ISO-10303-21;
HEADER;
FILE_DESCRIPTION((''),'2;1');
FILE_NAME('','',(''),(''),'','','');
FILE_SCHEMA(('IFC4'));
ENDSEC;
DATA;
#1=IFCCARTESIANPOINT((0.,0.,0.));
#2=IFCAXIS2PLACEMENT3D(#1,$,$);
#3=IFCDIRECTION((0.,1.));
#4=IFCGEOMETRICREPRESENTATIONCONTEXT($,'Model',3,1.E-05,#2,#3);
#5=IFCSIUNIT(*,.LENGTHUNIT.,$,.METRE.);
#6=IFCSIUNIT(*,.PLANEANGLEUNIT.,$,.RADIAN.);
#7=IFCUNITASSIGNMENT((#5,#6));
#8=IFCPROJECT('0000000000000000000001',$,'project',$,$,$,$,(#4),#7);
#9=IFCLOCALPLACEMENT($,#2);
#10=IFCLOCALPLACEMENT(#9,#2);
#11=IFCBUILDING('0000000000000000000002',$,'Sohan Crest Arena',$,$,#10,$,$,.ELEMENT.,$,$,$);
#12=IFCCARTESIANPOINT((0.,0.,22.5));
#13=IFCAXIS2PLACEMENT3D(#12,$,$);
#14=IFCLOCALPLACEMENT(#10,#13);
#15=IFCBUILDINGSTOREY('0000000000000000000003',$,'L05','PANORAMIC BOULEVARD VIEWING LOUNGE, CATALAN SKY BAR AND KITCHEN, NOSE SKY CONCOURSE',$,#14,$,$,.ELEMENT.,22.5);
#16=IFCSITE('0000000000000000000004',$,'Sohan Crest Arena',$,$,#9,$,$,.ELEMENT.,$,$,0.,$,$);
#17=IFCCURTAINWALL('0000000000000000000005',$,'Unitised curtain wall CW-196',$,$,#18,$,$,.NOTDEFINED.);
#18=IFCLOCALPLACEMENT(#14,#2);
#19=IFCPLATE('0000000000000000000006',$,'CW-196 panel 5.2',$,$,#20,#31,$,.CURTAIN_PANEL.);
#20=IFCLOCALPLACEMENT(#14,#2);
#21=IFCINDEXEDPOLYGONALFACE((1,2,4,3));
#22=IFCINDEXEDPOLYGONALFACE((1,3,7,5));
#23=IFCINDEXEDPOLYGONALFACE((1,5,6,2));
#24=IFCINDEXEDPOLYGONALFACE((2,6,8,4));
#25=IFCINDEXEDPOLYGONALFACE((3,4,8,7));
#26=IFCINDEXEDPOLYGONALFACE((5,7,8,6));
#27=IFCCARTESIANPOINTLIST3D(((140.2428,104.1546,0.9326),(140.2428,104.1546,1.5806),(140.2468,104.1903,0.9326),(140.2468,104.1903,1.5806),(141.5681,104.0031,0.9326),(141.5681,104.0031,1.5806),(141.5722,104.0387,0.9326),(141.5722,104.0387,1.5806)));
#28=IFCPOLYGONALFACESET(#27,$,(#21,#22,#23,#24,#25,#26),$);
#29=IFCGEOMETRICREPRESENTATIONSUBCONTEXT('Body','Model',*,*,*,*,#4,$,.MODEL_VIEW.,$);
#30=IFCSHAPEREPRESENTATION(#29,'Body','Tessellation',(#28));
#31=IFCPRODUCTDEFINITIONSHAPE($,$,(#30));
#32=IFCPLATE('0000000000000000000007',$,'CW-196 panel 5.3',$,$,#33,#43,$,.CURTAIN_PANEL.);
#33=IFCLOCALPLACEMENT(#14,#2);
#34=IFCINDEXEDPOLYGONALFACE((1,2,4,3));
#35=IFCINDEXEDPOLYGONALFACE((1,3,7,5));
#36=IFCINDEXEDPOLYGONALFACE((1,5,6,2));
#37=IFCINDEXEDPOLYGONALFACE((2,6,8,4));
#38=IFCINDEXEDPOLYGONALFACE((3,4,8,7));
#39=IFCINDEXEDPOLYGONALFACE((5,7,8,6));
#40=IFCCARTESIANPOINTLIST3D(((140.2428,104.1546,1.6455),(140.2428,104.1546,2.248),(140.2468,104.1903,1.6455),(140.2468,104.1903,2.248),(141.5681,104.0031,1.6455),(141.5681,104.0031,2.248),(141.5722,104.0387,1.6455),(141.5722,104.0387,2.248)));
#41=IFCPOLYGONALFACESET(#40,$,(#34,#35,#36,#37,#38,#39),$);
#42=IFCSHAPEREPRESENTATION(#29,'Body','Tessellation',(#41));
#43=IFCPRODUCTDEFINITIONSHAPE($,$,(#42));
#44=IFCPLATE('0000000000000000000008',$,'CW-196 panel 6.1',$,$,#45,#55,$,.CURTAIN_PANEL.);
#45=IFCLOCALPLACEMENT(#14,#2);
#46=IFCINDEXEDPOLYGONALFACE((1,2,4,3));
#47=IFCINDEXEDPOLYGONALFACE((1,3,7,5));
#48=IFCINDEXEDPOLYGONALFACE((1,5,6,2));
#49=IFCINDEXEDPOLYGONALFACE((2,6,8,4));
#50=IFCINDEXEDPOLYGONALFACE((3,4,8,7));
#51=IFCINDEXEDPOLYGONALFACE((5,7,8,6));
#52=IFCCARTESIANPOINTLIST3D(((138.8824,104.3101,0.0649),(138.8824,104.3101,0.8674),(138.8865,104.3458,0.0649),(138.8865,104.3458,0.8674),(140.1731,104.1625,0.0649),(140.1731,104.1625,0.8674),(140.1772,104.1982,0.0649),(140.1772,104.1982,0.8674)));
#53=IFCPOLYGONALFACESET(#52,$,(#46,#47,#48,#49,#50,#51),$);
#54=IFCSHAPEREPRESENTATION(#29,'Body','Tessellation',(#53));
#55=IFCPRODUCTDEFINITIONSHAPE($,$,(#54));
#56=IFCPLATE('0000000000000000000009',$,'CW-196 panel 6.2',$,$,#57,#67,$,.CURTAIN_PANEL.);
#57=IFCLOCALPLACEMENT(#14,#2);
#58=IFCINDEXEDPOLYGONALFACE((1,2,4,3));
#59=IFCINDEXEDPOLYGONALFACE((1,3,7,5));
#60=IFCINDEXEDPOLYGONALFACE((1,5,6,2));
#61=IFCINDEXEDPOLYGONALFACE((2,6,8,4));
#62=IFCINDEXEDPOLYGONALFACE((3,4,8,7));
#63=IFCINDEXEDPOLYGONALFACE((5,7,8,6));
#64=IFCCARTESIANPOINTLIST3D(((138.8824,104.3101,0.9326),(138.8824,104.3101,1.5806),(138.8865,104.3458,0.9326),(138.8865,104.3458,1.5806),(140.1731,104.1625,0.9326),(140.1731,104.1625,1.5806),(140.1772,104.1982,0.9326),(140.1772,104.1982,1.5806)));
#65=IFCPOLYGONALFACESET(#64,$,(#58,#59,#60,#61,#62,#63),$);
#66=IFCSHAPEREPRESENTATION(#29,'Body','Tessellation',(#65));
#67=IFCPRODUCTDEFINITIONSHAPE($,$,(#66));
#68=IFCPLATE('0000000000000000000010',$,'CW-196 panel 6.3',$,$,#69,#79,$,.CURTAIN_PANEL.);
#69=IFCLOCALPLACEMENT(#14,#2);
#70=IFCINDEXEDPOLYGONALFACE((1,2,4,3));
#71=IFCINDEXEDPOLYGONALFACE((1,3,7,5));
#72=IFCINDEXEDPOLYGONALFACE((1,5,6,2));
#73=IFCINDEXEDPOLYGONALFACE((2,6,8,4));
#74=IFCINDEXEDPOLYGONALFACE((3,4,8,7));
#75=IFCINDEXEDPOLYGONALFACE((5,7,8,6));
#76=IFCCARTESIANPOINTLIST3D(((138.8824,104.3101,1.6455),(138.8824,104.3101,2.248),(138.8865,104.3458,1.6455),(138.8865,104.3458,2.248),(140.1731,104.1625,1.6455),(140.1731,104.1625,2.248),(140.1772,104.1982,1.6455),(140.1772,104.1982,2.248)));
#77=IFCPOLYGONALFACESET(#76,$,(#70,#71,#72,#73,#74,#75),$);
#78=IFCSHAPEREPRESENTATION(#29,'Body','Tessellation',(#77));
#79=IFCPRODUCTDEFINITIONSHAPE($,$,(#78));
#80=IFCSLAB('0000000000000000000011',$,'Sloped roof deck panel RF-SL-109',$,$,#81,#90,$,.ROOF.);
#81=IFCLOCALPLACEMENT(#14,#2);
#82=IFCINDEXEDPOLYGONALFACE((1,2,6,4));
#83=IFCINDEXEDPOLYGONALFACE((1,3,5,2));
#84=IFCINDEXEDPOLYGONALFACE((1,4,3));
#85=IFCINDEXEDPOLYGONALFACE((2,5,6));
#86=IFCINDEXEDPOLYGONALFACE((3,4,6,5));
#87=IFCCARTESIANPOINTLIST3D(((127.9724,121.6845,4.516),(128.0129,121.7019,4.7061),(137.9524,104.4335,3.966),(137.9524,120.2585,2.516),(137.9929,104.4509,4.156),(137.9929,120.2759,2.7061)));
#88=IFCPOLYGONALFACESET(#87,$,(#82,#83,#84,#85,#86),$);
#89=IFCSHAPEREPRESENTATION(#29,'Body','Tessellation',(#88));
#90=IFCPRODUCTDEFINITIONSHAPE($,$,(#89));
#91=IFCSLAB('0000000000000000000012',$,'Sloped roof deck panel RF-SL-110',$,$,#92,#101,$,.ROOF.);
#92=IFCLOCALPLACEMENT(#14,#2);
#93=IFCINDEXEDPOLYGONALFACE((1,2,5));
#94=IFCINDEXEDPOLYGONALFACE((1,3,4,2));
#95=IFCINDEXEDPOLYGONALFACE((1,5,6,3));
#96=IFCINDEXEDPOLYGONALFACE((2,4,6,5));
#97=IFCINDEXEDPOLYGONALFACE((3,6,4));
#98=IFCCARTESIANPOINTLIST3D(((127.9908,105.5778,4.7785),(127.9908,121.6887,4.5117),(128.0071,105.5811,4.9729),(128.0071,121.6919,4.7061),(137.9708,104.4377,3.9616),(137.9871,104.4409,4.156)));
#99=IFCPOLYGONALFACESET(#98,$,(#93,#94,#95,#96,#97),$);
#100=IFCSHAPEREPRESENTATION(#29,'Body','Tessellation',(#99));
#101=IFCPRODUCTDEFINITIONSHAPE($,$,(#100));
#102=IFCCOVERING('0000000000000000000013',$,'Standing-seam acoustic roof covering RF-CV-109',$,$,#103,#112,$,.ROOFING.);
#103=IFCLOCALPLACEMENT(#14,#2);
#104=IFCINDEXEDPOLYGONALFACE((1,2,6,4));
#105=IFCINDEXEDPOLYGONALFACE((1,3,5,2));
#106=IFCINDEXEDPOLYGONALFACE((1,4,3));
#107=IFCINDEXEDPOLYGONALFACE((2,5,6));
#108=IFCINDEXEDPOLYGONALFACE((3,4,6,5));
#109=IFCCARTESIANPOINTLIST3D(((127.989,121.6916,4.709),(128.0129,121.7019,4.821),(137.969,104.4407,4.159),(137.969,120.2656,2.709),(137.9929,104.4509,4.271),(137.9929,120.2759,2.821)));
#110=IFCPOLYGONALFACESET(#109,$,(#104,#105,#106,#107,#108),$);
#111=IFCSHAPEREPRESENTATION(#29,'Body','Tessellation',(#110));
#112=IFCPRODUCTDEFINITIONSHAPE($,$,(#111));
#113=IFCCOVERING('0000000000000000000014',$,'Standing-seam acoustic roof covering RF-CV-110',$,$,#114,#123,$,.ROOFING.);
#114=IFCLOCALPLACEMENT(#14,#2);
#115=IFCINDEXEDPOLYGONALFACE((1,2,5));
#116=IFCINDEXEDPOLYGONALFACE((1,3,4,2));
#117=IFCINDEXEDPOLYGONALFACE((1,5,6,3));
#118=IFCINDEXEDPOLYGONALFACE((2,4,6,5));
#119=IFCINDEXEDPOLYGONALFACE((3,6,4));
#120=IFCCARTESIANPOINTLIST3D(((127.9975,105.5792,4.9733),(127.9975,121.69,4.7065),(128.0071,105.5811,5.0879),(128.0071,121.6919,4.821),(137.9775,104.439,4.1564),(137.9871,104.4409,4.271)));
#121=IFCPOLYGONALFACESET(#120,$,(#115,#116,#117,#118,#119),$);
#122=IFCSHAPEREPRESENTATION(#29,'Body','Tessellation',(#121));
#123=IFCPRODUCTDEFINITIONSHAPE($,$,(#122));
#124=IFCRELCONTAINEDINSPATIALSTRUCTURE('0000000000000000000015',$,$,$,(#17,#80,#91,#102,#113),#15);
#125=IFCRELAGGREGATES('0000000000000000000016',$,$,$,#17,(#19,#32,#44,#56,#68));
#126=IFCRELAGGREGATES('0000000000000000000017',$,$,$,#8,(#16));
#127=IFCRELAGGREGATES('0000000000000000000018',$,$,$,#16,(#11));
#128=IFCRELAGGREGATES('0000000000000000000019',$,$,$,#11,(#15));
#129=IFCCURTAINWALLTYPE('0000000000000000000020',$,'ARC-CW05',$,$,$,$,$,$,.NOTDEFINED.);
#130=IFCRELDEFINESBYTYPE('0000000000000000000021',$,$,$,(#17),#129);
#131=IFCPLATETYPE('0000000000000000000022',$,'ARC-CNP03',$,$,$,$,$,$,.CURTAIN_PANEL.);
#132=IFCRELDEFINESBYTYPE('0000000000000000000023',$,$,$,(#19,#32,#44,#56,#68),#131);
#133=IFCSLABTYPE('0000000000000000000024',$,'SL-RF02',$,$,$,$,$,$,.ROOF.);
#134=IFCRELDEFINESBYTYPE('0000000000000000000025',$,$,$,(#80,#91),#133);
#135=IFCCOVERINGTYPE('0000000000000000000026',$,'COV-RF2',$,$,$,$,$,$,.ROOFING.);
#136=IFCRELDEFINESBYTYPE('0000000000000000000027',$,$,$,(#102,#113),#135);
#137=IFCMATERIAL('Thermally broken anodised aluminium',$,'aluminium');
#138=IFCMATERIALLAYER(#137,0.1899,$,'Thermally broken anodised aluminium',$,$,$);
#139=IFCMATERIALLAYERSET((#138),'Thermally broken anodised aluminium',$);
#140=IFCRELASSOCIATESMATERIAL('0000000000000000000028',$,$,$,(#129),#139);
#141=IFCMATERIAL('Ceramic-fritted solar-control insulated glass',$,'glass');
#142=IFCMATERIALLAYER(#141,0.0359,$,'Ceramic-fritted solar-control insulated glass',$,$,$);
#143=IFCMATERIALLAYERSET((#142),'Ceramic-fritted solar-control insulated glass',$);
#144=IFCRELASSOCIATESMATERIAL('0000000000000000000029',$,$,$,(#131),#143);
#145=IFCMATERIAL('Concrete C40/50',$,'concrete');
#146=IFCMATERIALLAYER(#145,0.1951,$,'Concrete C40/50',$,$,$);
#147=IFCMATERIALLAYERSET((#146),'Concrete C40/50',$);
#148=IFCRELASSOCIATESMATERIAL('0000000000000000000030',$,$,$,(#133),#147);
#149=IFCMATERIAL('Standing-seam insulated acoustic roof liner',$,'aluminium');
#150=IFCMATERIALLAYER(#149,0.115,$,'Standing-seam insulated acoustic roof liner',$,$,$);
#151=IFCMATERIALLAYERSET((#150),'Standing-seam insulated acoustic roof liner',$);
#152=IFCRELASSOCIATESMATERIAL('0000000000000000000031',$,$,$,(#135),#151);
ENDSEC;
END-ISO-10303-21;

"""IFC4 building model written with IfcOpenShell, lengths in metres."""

from ifc_helpers import new_model, si_unit, direction, frame, origin, origin_2d, place, context, subcontext, project, spatial, polyline, rectangle, outline, extrude, material, layer, layer_set, type_object, element, aggregate, save


model = new_model("IFC4")

# Units and contexts
model_context = context("Model", 3, precision=1e-05, world=origin(), true_north=direction((0.0, 1.0)))
body_context = subcontext(model_context, "Body", "Model", "MODEL_VIEW")
ifc_project = project(units=[si_unit("LENGTHUNIT", "METRE"), si_unit("PLANEANGLEUNIT", "RADIAN")], contexts=[model_context])

# Site, building, storey
site_placement = place(None, origin())
site = spatial("IfcSite", under=ifc_project, at=site_placement, Name="Sohan Crest Arena", CompositionType="ELEMENT", RefElevation=0.0)
building_placement = place(site_placement, origin())
building = spatial("IfcBuilding", under=site, at=building_placement, Name="Sohan Crest Arena", CompositionType="ELEMENT")
storey_placement = place(building_placement, frame((0.0, 0.0, 22.5)))
storey = spatial("IfcBuildingStorey", under=building, at=storey_placement, Name="L05", Description="PANORAMIC BOULEVARD VIEWING LOUNGE, CATALAN SKY BAR AND KITCHEN, NOSE SKY CONCOURSE", CompositionType="ELEMENT", Elevation=22.5)

# Shared definitions
ifc_material_1 = material(Name="Concrete C40/50", Category="concrete")

# Curtain wall
ifc_material_2 = material(Name="Thermally broken anodised aluminium", Category="aluminium")
ifc_layer_1 = layer(ifc_material_2, 0.1899, Name="Thermally broken anodised aluminium")
ifc_layer_set_1 = layer_set([ifc_layer_1], Name="Thermally broken anodised aluminium")
curtain_wall_type = type_object("IfcCurtainWallType", Name="ARC-CW05", PredefinedType="NOTDEFINED", material=ifc_layer_set_1)
curtain_wall_placement = place(storey_placement, origin())
curtain_wall = element("IfcCurtainWall", 1, at=curtain_wall_placement, inside=storey, type_object=curtain_wall_type, Name="Unitised curtain wall CW-196", PredefinedType="NOTDEFINED")

# Plates
ifc_material_3 = material(Name="Ceramic-fritted solar-control insulated glass", Category="glass")
ifc_layer_2 = layer(ifc_material_3, 0.0359, Name="Ceramic-fritted solar-control insulated glass")
ifc_layer_set_2 = layer_set([ifc_layer_2], Name="Ceramic-fritted solar-control insulated glass")
plate_type = type_object("IfcPlateType", Name="ARC-CNP03", PredefinedType="CURTAIN_PANEL", material=ifc_layer_set_2)
plate_1_placement = place(storey_placement, frame((140.9075, 104.0967, 0.9326), z_axis=(0.0, 0.0, 1.0), x_axis=(-0.993527, 0.113597, 0.0)))
plate_1 = element("IfcPlate", 2, at=plate_1_placement, type_object=plate_type, Name="CW-196 panel 5.2", PredefinedType="CURTAIN_PANEL", context=body_context, shape_type="SweptSolid", body=[
    extrude(rectangle(XDim=1.334, YDim=0.0359, at=origin_2d()), origin(), (0.0, 0.0, 1.0), 0.6479),
])
plate_2_placement = place(storey_placement, frame((140.9075, 104.0967, 1.6455), z_axis=(0.0, 0.0, 1.0), x_axis=(-0.993527, 0.113597, 0.0)))
plate_2 = element("IfcPlate", 3, at=plate_2_placement, type_object=plate_type, Name="CW-196 panel 5.3", PredefinedType="CURTAIN_PANEL", context=body_context, shape_type="SweptSolid", body=[
    extrude(rectangle(XDim=1.334, YDim=0.0359, at=origin_2d()), origin(), (0.0, 0.0, 1.0), 0.6025),
])
plate_3_placement = place(storey_placement, frame((139.5298, 104.2542, 0.0649), z_axis=(0.0, 0.0, 1.0), x_axis=(-0.993527, 0.113597, 0.0)))
plate_3 = element("IfcPlate", 4, at=plate_3_placement, type_object=plate_type, Name="CW-196 panel 6.1", PredefinedType="CURTAIN_PANEL", context=body_context, shape_type="SweptSolid", body=[
    extrude(rectangle(XDim=1.2991, YDim=0.0359, at=origin_2d()), origin(), (0.0, 0.0, 1.0), 0.8025),
])
plate_4_placement = place(storey_placement, frame((139.5298, 104.2542, 0.9326), z_axis=(0.0, 0.0, 1.0), x_axis=(-0.993527, 0.113597, 0.0)))
plate_4 = element("IfcPlate", 5, at=plate_4_placement, type_object=plate_type, Name="CW-196 panel 6.2", PredefinedType="CURTAIN_PANEL", context=body_context, shape_type="SweptSolid", body=[
    extrude(rectangle(XDim=1.2991, YDim=0.0359, at=origin_2d()), origin(), (0.0, 0.0, 1.0), 0.6479),
])
plate_5_placement = place(storey_placement, frame((139.5298, 104.2542, 1.6455), z_axis=(0.0, 0.0, 1.0), x_axis=(-0.993527, 0.113597, 0.0)))
plate_5 = element("IfcPlate", 6, at=plate_5_placement, type_object=plate_type, Name="CW-196 panel 6.3", PredefinedType="CURTAIN_PANEL", context=body_context, shape_type="SweptSolid", body=[
    extrude(rectangle(XDim=1.2991, YDim=0.0359, at=origin_2d()), origin(), (0.0, 0.0, 1.0), 0.6025),
])
aggregate(curtain_wall, [plate_1, plate_2, plate_3, plate_4, plate_5])

# Slabs
ifc_layer_3 = layer(ifc_material_1, 0.1951, Name="Concrete C40/50")
ifc_layer_set_3 = layer_set([ifc_layer_3], Name="Concrete C40/50")
slab_type = type_object("IfcSlabType", Name="SL-RF02", PredefinedType="ROOF", material=ifc_layer_set_3)
slab_1_placement = place(storey_placement, frame((137.9929, 104.4509, 4.156), z_axis=(0.207955, 0.089247, 0.974058), x_axis=(0.0, 0.995829, -0.091242)))
element("IfcSlab", 7, at=slab_1_placement, inside=storey, type_object=slab_type, Name="Sloped roof deck panel RF-SL-109", PredefinedType="ROOF", context=body_context, shape_type="SweptSolid", body=[
    extrude(outline(polyline([(0.0, 0.0), (15.8912, 0.0), (17.1288, 10.203), (0.0, 0.0)])), origin(), (0.0, 0.0, -1.0), 0.1951),
])
slab_2_placement = place(storey_placement, frame((137.9871, 104.4409, 4.156), z_axis=(0.083442, 0.016503, 0.996376), x_axis=(-0.500567, 0.865258, 0.027589)))
element("IfcSlab", 8, at=slab_2_placement, inside=storey, type_object=slab_type, Name="Sloped roof deck panel RF-SL-110", PredefinedType="ROOF", context=body_context, shape_type="SweptSolid", body=[
    extrude(outline(polyline([(0.0, 0.0), (19.9374, 0.0), (6.0047, 8.0939), (0.0, 0.0)])), origin(), (0.0, 0.0, -1.0), 0.1951),
])

# Coverings
ifc_material_4 = material(Name="Standing-seam insulated acoustic roof liner", Category="aluminium")
ifc_layer_4 = layer(ifc_material_4, 0.115, Name="Standing-seam insulated acoustic roof liner")
ifc_layer_set_4 = layer_set([ifc_layer_4], Name="Standing-seam insulated acoustic roof liner")
covering_type = type_object("IfcCoveringType", Name="COV-RF2", PredefinedType="ROOFING", material=ifc_layer_set_4)
covering_1_placement = place(storey_placement, frame((137.9929, 104.4509, 4.271), z_axis=(0.207955, 0.089247, 0.974058), x_axis=(0.0, 0.995829, -0.091242)))
element("IfcCovering", 9, at=covering_1_placement, inside=storey, type_object=covering_type, Name="Standing-seam acoustic roof covering RF-CV-109", PredefinedType="ROOFING", context=body_context, shape_type="SweptSolid", body=[
    extrude(outline(polyline([(0.0, 0.0), (15.8912, 0.0), (17.1288, 10.203), (0.0, 0.0)])), origin(), (0.0, 0.0, -1.0), 0.115),
])
covering_2_placement = place(storey_placement, frame((137.9871, 104.4409, 4.271), z_axis=(0.083442, 0.016503, 0.996376), x_axis=(-0.500567, 0.865258, 0.027589)))
element("IfcCovering", 10, at=covering_2_placement, inside=storey, type_object=covering_type, Name="Standing-seam acoustic roof covering RF-CV-110", PredefinedType="ROOFING", context=body_context, shape_type="SweptSolid", body=[
    extrude(outline(polyline([(0.0, 0.0), (19.9374, 0.0), (6.0047, 8.0939), (0.0, 0.0)])), origin(), (0.0, 0.0, -1.0), 0.115),
])

save(model, "model.ifc")
